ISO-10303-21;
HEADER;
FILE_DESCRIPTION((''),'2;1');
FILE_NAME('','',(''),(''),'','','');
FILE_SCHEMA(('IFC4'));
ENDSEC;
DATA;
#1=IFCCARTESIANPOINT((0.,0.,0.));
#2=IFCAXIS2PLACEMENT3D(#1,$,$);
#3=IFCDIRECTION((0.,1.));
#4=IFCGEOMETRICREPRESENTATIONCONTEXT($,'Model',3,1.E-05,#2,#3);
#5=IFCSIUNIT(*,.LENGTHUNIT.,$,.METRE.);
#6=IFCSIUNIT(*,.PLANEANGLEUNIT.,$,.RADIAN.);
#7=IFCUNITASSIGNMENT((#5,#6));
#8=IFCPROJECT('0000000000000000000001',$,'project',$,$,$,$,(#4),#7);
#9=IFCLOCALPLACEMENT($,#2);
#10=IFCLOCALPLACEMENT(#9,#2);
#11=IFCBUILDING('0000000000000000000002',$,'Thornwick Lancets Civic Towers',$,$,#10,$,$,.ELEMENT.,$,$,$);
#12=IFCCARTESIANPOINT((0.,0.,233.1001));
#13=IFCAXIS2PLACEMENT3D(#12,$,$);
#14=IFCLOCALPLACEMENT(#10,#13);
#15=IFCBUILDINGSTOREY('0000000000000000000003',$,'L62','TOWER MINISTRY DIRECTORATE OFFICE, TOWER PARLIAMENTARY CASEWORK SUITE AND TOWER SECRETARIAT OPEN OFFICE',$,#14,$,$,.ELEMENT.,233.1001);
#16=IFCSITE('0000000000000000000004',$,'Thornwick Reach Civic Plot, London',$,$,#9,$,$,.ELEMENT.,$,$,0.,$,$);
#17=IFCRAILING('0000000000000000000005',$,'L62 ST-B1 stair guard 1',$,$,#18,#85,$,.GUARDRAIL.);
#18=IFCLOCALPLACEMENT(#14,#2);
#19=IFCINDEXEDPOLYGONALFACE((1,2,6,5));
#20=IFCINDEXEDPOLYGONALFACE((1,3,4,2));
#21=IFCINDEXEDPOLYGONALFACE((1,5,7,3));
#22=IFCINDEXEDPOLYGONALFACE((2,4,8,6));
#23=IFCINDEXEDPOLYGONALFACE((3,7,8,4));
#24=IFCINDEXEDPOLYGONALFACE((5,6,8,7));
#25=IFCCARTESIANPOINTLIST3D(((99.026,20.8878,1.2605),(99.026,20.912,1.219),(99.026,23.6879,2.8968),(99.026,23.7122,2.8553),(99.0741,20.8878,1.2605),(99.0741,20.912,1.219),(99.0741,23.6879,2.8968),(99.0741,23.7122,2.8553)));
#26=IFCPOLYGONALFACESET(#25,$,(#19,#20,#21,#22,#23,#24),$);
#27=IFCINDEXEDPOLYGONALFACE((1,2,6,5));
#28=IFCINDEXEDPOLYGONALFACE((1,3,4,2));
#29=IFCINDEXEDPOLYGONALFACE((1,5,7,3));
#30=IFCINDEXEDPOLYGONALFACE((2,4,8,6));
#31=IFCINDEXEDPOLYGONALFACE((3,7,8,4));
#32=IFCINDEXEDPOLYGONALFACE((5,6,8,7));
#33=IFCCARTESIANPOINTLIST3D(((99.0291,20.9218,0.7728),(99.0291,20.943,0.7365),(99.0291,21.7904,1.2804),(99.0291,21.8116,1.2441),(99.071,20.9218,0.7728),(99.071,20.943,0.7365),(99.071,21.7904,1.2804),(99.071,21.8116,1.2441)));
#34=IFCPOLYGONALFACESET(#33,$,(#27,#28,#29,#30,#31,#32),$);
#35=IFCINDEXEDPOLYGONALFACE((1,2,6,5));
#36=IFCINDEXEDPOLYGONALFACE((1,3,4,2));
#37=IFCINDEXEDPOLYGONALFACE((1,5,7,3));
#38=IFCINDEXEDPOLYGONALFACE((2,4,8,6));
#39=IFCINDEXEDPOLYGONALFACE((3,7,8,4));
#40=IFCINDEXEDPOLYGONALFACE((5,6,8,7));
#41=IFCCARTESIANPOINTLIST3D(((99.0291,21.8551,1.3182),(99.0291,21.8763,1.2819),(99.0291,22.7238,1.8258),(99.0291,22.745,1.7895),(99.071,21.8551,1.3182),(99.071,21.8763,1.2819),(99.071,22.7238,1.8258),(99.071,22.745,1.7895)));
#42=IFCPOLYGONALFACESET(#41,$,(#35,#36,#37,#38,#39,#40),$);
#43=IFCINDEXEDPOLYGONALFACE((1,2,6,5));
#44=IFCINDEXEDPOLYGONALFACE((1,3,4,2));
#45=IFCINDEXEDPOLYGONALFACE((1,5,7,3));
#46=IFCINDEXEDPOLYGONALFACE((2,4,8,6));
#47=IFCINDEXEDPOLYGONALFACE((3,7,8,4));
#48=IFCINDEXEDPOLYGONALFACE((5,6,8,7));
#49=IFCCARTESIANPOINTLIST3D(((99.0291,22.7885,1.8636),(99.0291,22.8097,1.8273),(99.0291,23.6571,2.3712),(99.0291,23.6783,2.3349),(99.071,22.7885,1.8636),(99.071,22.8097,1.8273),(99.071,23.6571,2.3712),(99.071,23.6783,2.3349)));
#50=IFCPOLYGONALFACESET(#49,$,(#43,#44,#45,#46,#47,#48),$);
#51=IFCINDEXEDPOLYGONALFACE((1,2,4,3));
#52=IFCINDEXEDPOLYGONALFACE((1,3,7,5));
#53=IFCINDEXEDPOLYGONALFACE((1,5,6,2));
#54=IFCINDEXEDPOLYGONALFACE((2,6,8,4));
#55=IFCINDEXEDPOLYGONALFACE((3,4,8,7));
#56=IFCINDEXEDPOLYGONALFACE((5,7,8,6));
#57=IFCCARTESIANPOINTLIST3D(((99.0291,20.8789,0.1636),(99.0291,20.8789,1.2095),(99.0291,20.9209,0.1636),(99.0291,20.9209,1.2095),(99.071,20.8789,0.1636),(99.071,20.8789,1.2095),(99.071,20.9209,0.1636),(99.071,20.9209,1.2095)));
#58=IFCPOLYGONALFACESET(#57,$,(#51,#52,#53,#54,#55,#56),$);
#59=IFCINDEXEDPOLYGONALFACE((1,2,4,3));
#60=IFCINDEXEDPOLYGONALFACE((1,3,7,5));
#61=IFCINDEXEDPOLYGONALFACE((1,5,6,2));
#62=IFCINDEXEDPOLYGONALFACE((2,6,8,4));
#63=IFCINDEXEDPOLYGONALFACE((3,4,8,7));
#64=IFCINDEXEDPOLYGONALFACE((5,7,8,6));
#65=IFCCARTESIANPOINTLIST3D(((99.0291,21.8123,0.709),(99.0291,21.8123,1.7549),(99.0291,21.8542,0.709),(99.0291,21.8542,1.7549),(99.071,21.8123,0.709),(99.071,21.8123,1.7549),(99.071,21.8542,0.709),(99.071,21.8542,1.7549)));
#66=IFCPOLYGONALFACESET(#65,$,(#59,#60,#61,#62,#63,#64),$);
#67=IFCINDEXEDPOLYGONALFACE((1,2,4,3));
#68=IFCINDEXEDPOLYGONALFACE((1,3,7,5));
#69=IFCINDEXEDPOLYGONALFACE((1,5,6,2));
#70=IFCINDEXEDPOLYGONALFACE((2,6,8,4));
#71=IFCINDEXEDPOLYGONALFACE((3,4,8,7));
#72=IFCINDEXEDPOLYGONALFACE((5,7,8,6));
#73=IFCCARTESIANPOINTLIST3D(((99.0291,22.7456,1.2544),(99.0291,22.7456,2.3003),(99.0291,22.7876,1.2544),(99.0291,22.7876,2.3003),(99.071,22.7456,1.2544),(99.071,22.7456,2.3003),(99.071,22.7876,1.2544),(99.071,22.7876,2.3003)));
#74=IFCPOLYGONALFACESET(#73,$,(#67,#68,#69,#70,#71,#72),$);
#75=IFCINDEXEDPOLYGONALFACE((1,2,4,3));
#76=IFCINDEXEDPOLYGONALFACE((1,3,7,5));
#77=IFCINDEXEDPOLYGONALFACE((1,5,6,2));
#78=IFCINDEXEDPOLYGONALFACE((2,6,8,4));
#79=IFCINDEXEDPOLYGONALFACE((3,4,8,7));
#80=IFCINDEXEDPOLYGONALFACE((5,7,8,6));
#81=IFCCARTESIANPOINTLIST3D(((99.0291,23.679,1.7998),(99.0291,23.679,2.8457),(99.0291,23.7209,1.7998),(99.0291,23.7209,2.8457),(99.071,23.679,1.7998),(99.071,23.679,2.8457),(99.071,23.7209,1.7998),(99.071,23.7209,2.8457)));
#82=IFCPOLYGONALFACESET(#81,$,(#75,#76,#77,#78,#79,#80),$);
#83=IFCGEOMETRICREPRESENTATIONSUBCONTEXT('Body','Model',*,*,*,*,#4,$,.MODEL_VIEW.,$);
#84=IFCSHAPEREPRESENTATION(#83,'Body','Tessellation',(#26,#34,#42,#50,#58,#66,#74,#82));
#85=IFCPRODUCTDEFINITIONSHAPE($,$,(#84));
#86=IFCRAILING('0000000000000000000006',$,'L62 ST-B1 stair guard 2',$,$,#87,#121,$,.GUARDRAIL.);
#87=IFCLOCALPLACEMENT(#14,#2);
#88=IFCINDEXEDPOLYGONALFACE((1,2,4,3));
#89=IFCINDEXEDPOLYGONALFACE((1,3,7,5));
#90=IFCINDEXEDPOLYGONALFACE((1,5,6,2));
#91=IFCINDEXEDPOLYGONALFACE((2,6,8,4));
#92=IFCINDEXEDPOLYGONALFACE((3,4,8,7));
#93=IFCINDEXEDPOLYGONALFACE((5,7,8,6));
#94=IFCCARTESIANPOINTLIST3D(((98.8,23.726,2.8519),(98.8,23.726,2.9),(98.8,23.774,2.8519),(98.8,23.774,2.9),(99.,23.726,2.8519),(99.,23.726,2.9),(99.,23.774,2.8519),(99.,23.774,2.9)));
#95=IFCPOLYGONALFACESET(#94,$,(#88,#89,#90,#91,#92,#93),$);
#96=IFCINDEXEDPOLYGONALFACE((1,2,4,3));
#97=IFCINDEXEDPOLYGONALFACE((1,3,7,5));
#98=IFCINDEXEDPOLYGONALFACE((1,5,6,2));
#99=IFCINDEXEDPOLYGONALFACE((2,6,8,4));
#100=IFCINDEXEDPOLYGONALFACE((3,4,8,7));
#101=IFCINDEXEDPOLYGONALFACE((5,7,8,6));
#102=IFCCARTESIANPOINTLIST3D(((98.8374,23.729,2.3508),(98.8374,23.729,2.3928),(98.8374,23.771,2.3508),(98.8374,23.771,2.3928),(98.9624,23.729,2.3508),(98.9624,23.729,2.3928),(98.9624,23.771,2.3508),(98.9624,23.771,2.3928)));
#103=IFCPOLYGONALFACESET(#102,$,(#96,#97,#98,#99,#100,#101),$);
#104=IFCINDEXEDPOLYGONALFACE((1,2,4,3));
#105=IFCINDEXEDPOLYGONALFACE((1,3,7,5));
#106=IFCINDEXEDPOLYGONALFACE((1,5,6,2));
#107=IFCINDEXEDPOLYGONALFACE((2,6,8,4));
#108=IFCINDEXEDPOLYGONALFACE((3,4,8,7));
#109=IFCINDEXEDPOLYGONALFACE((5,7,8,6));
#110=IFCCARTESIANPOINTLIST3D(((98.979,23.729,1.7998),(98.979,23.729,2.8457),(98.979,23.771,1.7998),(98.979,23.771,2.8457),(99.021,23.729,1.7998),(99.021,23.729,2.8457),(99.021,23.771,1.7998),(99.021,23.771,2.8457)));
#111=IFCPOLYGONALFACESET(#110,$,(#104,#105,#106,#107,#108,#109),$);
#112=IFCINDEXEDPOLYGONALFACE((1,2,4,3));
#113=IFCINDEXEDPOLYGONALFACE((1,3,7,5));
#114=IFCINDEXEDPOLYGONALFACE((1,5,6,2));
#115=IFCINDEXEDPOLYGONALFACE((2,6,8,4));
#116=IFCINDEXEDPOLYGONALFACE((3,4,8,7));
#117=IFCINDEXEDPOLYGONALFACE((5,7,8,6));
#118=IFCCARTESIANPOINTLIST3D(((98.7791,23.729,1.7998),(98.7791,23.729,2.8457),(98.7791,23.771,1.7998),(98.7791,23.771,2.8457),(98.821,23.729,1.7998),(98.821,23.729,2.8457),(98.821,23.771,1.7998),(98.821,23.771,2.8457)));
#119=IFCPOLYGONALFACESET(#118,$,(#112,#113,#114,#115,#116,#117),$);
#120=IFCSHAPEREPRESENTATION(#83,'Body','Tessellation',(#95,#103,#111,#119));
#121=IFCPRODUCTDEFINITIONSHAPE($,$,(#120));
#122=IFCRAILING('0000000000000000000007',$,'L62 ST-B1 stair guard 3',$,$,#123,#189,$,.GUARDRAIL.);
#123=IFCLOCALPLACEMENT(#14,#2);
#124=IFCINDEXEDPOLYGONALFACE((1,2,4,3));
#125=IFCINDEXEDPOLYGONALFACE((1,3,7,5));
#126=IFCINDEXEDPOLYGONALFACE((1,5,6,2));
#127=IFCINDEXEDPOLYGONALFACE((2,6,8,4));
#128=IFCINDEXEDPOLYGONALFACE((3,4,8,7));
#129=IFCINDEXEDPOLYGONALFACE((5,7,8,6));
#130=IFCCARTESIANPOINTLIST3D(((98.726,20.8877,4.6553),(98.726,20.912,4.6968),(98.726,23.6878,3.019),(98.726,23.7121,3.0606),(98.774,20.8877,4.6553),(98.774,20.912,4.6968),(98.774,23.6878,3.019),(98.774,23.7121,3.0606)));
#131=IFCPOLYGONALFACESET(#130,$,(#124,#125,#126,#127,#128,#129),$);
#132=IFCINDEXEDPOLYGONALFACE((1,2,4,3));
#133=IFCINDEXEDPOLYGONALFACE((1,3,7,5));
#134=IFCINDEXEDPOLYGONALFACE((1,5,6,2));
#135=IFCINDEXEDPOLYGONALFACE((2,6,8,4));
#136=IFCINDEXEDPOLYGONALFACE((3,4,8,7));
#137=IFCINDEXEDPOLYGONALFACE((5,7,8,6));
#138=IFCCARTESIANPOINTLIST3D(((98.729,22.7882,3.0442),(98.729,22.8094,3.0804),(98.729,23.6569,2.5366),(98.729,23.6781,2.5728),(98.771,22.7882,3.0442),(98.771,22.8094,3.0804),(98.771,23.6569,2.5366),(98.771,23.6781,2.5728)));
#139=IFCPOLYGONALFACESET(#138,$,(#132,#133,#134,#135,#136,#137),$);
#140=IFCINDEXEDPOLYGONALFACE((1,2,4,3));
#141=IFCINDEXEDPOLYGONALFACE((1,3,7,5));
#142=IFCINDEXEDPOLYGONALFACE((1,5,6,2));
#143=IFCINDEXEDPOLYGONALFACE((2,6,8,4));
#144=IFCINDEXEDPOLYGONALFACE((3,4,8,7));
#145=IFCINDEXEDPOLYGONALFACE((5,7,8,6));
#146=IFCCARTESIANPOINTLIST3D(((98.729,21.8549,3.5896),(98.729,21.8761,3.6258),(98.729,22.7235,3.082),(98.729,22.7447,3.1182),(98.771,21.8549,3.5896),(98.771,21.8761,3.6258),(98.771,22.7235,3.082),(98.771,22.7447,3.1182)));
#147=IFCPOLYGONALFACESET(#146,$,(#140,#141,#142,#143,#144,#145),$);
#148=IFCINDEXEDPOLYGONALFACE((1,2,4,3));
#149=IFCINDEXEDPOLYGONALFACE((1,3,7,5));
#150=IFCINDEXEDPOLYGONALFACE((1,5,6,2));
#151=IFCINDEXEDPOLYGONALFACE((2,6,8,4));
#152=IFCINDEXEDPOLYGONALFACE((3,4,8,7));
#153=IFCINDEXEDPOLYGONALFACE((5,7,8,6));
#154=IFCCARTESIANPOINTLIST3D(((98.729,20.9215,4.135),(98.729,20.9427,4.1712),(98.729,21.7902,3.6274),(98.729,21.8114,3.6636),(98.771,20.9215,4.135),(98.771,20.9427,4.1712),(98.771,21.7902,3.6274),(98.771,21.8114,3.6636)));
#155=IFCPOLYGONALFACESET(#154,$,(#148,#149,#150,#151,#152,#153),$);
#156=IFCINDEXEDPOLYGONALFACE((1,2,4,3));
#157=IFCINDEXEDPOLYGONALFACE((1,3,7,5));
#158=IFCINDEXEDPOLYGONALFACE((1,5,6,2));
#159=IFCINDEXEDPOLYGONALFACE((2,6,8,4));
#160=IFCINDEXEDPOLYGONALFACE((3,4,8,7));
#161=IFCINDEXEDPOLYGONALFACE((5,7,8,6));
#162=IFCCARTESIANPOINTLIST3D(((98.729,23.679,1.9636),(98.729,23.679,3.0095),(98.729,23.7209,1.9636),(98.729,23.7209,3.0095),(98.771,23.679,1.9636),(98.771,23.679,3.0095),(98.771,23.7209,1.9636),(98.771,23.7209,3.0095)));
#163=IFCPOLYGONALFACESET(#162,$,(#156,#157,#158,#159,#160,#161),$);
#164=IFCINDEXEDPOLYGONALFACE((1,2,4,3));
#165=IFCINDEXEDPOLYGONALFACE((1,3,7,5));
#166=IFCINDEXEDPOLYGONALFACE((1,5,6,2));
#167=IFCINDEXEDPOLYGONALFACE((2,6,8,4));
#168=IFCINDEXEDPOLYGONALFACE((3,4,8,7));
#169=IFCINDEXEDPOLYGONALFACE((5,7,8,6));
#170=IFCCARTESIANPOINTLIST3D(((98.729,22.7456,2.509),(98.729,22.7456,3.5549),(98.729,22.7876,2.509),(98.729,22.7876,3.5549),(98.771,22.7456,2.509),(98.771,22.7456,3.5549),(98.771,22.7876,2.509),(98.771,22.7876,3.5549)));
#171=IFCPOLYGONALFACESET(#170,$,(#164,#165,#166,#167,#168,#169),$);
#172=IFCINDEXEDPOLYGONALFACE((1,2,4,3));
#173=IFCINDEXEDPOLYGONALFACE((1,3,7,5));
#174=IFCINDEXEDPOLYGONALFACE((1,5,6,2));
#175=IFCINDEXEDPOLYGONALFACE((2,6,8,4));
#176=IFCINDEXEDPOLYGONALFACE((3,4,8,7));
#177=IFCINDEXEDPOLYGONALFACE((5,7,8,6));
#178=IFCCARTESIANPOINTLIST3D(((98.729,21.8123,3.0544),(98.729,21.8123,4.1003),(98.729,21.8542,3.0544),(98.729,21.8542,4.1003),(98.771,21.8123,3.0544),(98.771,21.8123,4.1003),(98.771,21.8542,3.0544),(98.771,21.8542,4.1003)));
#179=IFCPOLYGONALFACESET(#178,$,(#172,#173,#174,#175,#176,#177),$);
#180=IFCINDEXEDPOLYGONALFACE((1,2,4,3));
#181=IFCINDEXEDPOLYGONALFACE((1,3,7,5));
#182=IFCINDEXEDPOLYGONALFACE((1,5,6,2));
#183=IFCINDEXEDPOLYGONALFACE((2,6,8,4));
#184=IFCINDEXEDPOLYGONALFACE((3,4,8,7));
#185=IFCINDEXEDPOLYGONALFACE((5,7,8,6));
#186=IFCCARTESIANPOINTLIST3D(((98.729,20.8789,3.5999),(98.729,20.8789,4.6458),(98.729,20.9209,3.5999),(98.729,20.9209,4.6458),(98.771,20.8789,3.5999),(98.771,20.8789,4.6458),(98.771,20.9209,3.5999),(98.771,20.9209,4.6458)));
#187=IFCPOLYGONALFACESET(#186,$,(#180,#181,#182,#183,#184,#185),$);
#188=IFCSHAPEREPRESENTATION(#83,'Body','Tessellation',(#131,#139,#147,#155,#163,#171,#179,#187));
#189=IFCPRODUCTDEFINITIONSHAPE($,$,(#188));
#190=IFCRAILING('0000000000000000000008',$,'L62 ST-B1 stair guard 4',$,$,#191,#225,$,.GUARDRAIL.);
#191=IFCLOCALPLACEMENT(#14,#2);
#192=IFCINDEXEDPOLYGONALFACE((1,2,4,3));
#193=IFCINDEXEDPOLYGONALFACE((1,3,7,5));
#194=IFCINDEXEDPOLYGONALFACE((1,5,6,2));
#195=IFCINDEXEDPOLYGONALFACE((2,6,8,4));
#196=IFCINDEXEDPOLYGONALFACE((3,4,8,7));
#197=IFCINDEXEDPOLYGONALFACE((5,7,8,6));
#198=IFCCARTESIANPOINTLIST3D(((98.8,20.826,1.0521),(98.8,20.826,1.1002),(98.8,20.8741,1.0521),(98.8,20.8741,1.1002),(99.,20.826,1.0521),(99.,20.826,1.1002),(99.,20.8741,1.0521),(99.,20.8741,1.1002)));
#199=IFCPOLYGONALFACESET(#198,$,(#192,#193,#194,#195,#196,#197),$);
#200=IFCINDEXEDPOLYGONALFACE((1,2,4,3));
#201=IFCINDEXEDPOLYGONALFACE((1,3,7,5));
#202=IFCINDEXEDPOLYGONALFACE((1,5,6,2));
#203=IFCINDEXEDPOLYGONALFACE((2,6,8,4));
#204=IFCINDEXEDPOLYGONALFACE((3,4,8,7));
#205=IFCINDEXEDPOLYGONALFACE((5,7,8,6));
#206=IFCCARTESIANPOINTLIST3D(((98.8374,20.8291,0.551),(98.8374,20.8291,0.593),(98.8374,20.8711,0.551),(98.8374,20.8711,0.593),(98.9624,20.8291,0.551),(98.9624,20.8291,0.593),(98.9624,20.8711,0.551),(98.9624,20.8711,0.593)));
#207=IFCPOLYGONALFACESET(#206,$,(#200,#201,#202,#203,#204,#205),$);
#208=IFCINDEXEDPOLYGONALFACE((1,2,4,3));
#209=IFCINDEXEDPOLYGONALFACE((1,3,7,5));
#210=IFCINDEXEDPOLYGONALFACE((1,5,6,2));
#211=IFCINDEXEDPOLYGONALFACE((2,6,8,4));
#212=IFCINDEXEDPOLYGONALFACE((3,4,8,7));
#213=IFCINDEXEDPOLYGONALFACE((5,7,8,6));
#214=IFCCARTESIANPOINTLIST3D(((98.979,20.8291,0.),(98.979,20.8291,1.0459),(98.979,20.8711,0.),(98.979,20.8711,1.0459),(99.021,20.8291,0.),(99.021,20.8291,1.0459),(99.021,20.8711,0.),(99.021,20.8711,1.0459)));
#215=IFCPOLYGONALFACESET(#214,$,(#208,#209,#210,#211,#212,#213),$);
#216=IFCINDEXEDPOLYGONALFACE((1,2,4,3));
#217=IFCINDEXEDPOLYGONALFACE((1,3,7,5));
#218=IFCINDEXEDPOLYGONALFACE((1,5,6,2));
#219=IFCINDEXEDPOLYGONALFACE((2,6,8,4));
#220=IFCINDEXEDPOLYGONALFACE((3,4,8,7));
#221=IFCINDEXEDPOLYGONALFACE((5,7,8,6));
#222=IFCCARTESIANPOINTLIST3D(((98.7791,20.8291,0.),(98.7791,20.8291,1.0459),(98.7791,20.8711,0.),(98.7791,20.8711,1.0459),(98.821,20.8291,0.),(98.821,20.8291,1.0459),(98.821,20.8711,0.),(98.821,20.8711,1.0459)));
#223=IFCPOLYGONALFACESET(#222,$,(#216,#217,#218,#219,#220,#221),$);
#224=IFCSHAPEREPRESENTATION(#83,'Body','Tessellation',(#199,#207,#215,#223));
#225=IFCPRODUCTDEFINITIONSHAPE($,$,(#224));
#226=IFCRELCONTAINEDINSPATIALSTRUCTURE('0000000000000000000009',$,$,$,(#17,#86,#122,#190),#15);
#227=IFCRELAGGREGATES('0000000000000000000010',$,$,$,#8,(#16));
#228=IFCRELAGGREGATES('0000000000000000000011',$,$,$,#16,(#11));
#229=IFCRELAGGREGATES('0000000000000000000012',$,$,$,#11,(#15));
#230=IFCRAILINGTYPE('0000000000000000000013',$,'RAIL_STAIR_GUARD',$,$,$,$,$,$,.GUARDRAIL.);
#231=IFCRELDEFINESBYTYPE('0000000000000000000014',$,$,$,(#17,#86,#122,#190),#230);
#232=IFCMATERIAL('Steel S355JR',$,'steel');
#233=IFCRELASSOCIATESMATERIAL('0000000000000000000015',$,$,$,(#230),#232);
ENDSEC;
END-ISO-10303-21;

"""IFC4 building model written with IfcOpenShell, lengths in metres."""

from ifc_helpers import new_model, si_unit, direction, frame, origin, origin_2d, place, context, subcontext, project, spatial, rectangle, extrude, material, type_object, element, save


model = new_model("IFC4")

# Units and contexts
model_context = context("Model", 3, precision=1e-05, world=origin(), true_north=direction((0.0, 1.0)))
body_context = subcontext(model_context, "Body", "Model", "MODEL_VIEW")
ifc_project = project(units=[si_unit("LENGTHUNIT", "METRE"), si_unit("PLANEANGLEUNIT", "RADIAN")], contexts=[model_context])

# Site, building, storey
site_placement = place(None, origin())
site = spatial("IfcSite", under=ifc_project, at=site_placement, Name="Thornwick Reach Civic Plot, London", CompositionType="ELEMENT", RefElevation=0.0)
building_placement = place(site_placement, origin())
building = spatial("IfcBuilding", under=site, at=building_placement, Name="Thornwick Lancets Civic Towers", CompositionType="ELEMENT")
storey_placement = place(building_placement, frame((0.0, 0.0, 233.1001)))
storey = spatial("IfcBuildingStorey", under=building, at=storey_placement, Name="L62", Description="TOWER MINISTRY DIRECTORATE OFFICE, TOWER PARLIAMENTARY CASEWORK SUITE AND TOWER SECRETARIAT OPEN OFFICE", CompositionType="ELEMENT", Elevation=233.1001)

# Shared definitions
ifc_material_1 = material(Name="Steel S355JR", Category="steel")

# Railings
railing_type_1 = type_object("IfcRailingType", Name="RAIL_STAIR_GUARD", PredefinedType="GUARDRAIL", material=ifc_material_1)
railing_1_placement = place(storey_placement, frame((99.05, 20.8999, 0.1636)))
element("IfcRailing", 1, at=railing_1_placement, inside=storey, type_object=railing_type_1, Name="L62 ST-B1 stair guard 1", PredefinedType="GUARDRAIL", context=body_context, shape_type="SweptSolid", body=[
    extrude(rectangle(XDim=0.0481, YDim=0.0481, at=origin_2d()), frame((0.0, 0.0, 1.0762), z_axis=(0.0, 0.863394, 0.504531), x_axis=(-1.0, 0.0, 0.0)), (0.0, 0.0, 1.0), 3.2432),
    extrude(rectangle(XDim=0.042, YDim=0.042, at=origin_2d()), frame((0.0, 0.0325, 0.5911), z_axis=(0.0, 0.863394, 0.504531), x_axis=(-1.0, 0.0, 0.0)), (0.0, 0.0, 1.0), 1.0061),
    extrude(rectangle(XDim=0.042, YDim=0.042, at=origin_2d()), frame((0.0, 0.9658, 1.1365), z_axis=(0.0, 0.863394, 0.504531), x_axis=(-1.0, 0.0, 0.0)), (0.0, 0.0, 1.0), 1.0061),
    extrude(rectangle(XDim=0.042, YDim=0.042, at=origin_2d()), frame((0.0, 1.8992, 1.6819), z_axis=(0.0, 0.863394, 0.504531), x_axis=(-1.0, 0.0, 0.0)), (0.0, 0.0, 1.0), 1.0061),
    extrude(rectangle(XDim=0.042, YDim=0.042, at=origin_2d()), origin(), (0.0, 0.0, 1.0), 1.0459),
    extrude(rectangle(XDim=0.042, YDim=0.042, at=origin_2d()), frame((0.0, 0.9333, 0.5454)), (0.0, 0.0, 1.0), 1.0459),
    extrude(rectangle(XDim=0.042, YDim=0.042, at=origin_2d()), frame((0.0, 1.8667, 1.0908)), (0.0, 0.0, 1.0), 1.0459),
    extrude(rectangle(XDim=0.042, YDim=0.042, at=origin_2d()), frame((0.0, 2.8, 1.6362)), (0.0, 0.0, 1.0), 1.0459),
])
railing_2_placement = place(storey_placement, frame((99.0, 23.75, 1.7998)))
element("IfcRailing", 2, at=railing_2_placement, inside=storey, type_object=railing_type_1, Name="L62 ST-B1 stair guard 2", PredefinedType="GUARDRAIL", context=body_context, shape_type="SweptSolid", body=[
    extrude(rectangle(XDim=0.0481, YDim=0.0481, at=origin_2d()), frame((0.0, 0.0, 1.0762), z_axis=(-1.0, 0.0, 0.0), x_axis=(0.0, -1.0, 0.0)), (0.0, 0.0, 1.0), 0.2),
    extrude(rectangle(XDim=0.042, YDim=0.042, at=origin_2d()), frame((-0.0376, 0.0, 0.572), z_axis=(-1.0, 0.0, 0.0), x_axis=(0.0, -1.0, 0.0)), (0.0, 0.0, 1.0), 0.125),
    extrude(rectangle(XDim=0.042, YDim=0.042, at=origin_2d()), origin(), (0.0, 0.0, 1.0), 1.0459),
    extrude(rectangle(XDim=0.042, YDim=0.042, at=origin_2d()), frame((-0.2, 0.0, 0.0)), (0.0, 0.0, 1.0), 1.0459),
])
railing_3_placement = place(storey_placement, frame((98.75, 23.7, 1.9636)))
element("IfcRailing", 3, at=railing_3_placement, inside=storey, type_object=railing_type_1, Name="L62 ST-B1 stair guard 3", PredefinedType="GUARDRAIL", context=body_context, shape_type="SweptSolid", body=[
    extrude(rectangle(XDim=0.0481, YDim=0.0481, at=origin_2d()), frame((0.0, 0.0, 1.0762), z_axis=(0.0, -0.863394, 0.504531), x_axis=(1.0, 0.0, 0.0)), (0.0, 0.0, 1.0), 3.2432),
    extrude(rectangle(XDim=0.042, YDim=0.042, at=origin_2d()), frame((0.0, -0.0325, 0.5911), z_axis=(0.0, -0.863394, 0.504531), x_axis=(1.0, 0.0, 0.0)), (0.0, 0.0, 1.0), 1.0061),
    extrude(rectangle(XDim=0.042, YDim=0.042, at=origin_2d()), frame((0.0, -0.9658, 1.1365), z_axis=(0.0, -0.863394, 0.504531), x_axis=(1.0, 0.0, 0.0)), (0.0, 0.0, 1.0), 1.0061),
    extrude(rectangle(XDim=0.042, YDim=0.042, at=origin_2d()), frame((0.0, -1.8992, 1.6819), z_axis=(0.0, -0.863394, 0.504531), x_axis=(1.0, 0.0, 0.0)), (0.0, 0.0, 1.0), 1.0061),
    extrude(rectangle(XDim=0.042, YDim=0.042, at=origin_2d()), origin(), (0.0, 0.0, 1.0), 1.0459),
    extrude(rectangle(XDim=0.042, YDim=0.042, at=origin_2d()), frame((0.0, -0.9333, 0.5454)), (0.0, 0.0, 1.0), 1.0459),
    extrude(rectangle(XDim=0.042, YDim=0.042, at=origin_2d()), frame((0.0, -1.8667, 1.0908)), (0.0, 0.0, 1.0), 1.0459),
    extrude(rectangle(XDim=0.042, YDim=0.042, at=origin_2d()), frame((0.0, -2.8, 1.6362)), (0.0, 0.0, 1.0), 1.0459),
])
railing_4_placement = place(storey_placement, frame((99.0, 20.8501, 0.0)))
element("IfcRailing", 4, at=railing_4_placement, inside=storey, type_object=railing_type_1, Name="L62 ST-B1 stair guard 4", PredefinedType="GUARDRAIL", context=body_context, shape_type="SweptSolid", body=[
    extrude(rectangle(XDim=0.0481, YDim=0.0481, at=origin_2d()), frame((0.0, 0.0, 1.0762), z_axis=(-1.0, 0.0, 0.0), x_axis=(0.0, -1.0, 0.0)), (0.0, 0.0, 1.0), 0.2),
    extrude(rectangle(XDim=0.042, YDim=0.042, at=origin_2d()), frame((-0.0376, 0.0, 0.572), z_axis=(-1.0, 0.0, 0.0), x_axis=(0.0, -1.0, 0.0)), (0.0, 0.0, 1.0), 0.125),
    extrude(rectangle(XDim=0.042, YDim=0.042, at=origin_2d()), origin(), (0.0, 0.0, 1.0), 1.0459),
    extrude(rectangle(XDim=0.042, YDim=0.042, at=origin_2d()), frame((-0.2, 0.0, 0.0)), (0.0, 0.0, 1.0), 1.0459),
])

save(model, "model.ifc")
